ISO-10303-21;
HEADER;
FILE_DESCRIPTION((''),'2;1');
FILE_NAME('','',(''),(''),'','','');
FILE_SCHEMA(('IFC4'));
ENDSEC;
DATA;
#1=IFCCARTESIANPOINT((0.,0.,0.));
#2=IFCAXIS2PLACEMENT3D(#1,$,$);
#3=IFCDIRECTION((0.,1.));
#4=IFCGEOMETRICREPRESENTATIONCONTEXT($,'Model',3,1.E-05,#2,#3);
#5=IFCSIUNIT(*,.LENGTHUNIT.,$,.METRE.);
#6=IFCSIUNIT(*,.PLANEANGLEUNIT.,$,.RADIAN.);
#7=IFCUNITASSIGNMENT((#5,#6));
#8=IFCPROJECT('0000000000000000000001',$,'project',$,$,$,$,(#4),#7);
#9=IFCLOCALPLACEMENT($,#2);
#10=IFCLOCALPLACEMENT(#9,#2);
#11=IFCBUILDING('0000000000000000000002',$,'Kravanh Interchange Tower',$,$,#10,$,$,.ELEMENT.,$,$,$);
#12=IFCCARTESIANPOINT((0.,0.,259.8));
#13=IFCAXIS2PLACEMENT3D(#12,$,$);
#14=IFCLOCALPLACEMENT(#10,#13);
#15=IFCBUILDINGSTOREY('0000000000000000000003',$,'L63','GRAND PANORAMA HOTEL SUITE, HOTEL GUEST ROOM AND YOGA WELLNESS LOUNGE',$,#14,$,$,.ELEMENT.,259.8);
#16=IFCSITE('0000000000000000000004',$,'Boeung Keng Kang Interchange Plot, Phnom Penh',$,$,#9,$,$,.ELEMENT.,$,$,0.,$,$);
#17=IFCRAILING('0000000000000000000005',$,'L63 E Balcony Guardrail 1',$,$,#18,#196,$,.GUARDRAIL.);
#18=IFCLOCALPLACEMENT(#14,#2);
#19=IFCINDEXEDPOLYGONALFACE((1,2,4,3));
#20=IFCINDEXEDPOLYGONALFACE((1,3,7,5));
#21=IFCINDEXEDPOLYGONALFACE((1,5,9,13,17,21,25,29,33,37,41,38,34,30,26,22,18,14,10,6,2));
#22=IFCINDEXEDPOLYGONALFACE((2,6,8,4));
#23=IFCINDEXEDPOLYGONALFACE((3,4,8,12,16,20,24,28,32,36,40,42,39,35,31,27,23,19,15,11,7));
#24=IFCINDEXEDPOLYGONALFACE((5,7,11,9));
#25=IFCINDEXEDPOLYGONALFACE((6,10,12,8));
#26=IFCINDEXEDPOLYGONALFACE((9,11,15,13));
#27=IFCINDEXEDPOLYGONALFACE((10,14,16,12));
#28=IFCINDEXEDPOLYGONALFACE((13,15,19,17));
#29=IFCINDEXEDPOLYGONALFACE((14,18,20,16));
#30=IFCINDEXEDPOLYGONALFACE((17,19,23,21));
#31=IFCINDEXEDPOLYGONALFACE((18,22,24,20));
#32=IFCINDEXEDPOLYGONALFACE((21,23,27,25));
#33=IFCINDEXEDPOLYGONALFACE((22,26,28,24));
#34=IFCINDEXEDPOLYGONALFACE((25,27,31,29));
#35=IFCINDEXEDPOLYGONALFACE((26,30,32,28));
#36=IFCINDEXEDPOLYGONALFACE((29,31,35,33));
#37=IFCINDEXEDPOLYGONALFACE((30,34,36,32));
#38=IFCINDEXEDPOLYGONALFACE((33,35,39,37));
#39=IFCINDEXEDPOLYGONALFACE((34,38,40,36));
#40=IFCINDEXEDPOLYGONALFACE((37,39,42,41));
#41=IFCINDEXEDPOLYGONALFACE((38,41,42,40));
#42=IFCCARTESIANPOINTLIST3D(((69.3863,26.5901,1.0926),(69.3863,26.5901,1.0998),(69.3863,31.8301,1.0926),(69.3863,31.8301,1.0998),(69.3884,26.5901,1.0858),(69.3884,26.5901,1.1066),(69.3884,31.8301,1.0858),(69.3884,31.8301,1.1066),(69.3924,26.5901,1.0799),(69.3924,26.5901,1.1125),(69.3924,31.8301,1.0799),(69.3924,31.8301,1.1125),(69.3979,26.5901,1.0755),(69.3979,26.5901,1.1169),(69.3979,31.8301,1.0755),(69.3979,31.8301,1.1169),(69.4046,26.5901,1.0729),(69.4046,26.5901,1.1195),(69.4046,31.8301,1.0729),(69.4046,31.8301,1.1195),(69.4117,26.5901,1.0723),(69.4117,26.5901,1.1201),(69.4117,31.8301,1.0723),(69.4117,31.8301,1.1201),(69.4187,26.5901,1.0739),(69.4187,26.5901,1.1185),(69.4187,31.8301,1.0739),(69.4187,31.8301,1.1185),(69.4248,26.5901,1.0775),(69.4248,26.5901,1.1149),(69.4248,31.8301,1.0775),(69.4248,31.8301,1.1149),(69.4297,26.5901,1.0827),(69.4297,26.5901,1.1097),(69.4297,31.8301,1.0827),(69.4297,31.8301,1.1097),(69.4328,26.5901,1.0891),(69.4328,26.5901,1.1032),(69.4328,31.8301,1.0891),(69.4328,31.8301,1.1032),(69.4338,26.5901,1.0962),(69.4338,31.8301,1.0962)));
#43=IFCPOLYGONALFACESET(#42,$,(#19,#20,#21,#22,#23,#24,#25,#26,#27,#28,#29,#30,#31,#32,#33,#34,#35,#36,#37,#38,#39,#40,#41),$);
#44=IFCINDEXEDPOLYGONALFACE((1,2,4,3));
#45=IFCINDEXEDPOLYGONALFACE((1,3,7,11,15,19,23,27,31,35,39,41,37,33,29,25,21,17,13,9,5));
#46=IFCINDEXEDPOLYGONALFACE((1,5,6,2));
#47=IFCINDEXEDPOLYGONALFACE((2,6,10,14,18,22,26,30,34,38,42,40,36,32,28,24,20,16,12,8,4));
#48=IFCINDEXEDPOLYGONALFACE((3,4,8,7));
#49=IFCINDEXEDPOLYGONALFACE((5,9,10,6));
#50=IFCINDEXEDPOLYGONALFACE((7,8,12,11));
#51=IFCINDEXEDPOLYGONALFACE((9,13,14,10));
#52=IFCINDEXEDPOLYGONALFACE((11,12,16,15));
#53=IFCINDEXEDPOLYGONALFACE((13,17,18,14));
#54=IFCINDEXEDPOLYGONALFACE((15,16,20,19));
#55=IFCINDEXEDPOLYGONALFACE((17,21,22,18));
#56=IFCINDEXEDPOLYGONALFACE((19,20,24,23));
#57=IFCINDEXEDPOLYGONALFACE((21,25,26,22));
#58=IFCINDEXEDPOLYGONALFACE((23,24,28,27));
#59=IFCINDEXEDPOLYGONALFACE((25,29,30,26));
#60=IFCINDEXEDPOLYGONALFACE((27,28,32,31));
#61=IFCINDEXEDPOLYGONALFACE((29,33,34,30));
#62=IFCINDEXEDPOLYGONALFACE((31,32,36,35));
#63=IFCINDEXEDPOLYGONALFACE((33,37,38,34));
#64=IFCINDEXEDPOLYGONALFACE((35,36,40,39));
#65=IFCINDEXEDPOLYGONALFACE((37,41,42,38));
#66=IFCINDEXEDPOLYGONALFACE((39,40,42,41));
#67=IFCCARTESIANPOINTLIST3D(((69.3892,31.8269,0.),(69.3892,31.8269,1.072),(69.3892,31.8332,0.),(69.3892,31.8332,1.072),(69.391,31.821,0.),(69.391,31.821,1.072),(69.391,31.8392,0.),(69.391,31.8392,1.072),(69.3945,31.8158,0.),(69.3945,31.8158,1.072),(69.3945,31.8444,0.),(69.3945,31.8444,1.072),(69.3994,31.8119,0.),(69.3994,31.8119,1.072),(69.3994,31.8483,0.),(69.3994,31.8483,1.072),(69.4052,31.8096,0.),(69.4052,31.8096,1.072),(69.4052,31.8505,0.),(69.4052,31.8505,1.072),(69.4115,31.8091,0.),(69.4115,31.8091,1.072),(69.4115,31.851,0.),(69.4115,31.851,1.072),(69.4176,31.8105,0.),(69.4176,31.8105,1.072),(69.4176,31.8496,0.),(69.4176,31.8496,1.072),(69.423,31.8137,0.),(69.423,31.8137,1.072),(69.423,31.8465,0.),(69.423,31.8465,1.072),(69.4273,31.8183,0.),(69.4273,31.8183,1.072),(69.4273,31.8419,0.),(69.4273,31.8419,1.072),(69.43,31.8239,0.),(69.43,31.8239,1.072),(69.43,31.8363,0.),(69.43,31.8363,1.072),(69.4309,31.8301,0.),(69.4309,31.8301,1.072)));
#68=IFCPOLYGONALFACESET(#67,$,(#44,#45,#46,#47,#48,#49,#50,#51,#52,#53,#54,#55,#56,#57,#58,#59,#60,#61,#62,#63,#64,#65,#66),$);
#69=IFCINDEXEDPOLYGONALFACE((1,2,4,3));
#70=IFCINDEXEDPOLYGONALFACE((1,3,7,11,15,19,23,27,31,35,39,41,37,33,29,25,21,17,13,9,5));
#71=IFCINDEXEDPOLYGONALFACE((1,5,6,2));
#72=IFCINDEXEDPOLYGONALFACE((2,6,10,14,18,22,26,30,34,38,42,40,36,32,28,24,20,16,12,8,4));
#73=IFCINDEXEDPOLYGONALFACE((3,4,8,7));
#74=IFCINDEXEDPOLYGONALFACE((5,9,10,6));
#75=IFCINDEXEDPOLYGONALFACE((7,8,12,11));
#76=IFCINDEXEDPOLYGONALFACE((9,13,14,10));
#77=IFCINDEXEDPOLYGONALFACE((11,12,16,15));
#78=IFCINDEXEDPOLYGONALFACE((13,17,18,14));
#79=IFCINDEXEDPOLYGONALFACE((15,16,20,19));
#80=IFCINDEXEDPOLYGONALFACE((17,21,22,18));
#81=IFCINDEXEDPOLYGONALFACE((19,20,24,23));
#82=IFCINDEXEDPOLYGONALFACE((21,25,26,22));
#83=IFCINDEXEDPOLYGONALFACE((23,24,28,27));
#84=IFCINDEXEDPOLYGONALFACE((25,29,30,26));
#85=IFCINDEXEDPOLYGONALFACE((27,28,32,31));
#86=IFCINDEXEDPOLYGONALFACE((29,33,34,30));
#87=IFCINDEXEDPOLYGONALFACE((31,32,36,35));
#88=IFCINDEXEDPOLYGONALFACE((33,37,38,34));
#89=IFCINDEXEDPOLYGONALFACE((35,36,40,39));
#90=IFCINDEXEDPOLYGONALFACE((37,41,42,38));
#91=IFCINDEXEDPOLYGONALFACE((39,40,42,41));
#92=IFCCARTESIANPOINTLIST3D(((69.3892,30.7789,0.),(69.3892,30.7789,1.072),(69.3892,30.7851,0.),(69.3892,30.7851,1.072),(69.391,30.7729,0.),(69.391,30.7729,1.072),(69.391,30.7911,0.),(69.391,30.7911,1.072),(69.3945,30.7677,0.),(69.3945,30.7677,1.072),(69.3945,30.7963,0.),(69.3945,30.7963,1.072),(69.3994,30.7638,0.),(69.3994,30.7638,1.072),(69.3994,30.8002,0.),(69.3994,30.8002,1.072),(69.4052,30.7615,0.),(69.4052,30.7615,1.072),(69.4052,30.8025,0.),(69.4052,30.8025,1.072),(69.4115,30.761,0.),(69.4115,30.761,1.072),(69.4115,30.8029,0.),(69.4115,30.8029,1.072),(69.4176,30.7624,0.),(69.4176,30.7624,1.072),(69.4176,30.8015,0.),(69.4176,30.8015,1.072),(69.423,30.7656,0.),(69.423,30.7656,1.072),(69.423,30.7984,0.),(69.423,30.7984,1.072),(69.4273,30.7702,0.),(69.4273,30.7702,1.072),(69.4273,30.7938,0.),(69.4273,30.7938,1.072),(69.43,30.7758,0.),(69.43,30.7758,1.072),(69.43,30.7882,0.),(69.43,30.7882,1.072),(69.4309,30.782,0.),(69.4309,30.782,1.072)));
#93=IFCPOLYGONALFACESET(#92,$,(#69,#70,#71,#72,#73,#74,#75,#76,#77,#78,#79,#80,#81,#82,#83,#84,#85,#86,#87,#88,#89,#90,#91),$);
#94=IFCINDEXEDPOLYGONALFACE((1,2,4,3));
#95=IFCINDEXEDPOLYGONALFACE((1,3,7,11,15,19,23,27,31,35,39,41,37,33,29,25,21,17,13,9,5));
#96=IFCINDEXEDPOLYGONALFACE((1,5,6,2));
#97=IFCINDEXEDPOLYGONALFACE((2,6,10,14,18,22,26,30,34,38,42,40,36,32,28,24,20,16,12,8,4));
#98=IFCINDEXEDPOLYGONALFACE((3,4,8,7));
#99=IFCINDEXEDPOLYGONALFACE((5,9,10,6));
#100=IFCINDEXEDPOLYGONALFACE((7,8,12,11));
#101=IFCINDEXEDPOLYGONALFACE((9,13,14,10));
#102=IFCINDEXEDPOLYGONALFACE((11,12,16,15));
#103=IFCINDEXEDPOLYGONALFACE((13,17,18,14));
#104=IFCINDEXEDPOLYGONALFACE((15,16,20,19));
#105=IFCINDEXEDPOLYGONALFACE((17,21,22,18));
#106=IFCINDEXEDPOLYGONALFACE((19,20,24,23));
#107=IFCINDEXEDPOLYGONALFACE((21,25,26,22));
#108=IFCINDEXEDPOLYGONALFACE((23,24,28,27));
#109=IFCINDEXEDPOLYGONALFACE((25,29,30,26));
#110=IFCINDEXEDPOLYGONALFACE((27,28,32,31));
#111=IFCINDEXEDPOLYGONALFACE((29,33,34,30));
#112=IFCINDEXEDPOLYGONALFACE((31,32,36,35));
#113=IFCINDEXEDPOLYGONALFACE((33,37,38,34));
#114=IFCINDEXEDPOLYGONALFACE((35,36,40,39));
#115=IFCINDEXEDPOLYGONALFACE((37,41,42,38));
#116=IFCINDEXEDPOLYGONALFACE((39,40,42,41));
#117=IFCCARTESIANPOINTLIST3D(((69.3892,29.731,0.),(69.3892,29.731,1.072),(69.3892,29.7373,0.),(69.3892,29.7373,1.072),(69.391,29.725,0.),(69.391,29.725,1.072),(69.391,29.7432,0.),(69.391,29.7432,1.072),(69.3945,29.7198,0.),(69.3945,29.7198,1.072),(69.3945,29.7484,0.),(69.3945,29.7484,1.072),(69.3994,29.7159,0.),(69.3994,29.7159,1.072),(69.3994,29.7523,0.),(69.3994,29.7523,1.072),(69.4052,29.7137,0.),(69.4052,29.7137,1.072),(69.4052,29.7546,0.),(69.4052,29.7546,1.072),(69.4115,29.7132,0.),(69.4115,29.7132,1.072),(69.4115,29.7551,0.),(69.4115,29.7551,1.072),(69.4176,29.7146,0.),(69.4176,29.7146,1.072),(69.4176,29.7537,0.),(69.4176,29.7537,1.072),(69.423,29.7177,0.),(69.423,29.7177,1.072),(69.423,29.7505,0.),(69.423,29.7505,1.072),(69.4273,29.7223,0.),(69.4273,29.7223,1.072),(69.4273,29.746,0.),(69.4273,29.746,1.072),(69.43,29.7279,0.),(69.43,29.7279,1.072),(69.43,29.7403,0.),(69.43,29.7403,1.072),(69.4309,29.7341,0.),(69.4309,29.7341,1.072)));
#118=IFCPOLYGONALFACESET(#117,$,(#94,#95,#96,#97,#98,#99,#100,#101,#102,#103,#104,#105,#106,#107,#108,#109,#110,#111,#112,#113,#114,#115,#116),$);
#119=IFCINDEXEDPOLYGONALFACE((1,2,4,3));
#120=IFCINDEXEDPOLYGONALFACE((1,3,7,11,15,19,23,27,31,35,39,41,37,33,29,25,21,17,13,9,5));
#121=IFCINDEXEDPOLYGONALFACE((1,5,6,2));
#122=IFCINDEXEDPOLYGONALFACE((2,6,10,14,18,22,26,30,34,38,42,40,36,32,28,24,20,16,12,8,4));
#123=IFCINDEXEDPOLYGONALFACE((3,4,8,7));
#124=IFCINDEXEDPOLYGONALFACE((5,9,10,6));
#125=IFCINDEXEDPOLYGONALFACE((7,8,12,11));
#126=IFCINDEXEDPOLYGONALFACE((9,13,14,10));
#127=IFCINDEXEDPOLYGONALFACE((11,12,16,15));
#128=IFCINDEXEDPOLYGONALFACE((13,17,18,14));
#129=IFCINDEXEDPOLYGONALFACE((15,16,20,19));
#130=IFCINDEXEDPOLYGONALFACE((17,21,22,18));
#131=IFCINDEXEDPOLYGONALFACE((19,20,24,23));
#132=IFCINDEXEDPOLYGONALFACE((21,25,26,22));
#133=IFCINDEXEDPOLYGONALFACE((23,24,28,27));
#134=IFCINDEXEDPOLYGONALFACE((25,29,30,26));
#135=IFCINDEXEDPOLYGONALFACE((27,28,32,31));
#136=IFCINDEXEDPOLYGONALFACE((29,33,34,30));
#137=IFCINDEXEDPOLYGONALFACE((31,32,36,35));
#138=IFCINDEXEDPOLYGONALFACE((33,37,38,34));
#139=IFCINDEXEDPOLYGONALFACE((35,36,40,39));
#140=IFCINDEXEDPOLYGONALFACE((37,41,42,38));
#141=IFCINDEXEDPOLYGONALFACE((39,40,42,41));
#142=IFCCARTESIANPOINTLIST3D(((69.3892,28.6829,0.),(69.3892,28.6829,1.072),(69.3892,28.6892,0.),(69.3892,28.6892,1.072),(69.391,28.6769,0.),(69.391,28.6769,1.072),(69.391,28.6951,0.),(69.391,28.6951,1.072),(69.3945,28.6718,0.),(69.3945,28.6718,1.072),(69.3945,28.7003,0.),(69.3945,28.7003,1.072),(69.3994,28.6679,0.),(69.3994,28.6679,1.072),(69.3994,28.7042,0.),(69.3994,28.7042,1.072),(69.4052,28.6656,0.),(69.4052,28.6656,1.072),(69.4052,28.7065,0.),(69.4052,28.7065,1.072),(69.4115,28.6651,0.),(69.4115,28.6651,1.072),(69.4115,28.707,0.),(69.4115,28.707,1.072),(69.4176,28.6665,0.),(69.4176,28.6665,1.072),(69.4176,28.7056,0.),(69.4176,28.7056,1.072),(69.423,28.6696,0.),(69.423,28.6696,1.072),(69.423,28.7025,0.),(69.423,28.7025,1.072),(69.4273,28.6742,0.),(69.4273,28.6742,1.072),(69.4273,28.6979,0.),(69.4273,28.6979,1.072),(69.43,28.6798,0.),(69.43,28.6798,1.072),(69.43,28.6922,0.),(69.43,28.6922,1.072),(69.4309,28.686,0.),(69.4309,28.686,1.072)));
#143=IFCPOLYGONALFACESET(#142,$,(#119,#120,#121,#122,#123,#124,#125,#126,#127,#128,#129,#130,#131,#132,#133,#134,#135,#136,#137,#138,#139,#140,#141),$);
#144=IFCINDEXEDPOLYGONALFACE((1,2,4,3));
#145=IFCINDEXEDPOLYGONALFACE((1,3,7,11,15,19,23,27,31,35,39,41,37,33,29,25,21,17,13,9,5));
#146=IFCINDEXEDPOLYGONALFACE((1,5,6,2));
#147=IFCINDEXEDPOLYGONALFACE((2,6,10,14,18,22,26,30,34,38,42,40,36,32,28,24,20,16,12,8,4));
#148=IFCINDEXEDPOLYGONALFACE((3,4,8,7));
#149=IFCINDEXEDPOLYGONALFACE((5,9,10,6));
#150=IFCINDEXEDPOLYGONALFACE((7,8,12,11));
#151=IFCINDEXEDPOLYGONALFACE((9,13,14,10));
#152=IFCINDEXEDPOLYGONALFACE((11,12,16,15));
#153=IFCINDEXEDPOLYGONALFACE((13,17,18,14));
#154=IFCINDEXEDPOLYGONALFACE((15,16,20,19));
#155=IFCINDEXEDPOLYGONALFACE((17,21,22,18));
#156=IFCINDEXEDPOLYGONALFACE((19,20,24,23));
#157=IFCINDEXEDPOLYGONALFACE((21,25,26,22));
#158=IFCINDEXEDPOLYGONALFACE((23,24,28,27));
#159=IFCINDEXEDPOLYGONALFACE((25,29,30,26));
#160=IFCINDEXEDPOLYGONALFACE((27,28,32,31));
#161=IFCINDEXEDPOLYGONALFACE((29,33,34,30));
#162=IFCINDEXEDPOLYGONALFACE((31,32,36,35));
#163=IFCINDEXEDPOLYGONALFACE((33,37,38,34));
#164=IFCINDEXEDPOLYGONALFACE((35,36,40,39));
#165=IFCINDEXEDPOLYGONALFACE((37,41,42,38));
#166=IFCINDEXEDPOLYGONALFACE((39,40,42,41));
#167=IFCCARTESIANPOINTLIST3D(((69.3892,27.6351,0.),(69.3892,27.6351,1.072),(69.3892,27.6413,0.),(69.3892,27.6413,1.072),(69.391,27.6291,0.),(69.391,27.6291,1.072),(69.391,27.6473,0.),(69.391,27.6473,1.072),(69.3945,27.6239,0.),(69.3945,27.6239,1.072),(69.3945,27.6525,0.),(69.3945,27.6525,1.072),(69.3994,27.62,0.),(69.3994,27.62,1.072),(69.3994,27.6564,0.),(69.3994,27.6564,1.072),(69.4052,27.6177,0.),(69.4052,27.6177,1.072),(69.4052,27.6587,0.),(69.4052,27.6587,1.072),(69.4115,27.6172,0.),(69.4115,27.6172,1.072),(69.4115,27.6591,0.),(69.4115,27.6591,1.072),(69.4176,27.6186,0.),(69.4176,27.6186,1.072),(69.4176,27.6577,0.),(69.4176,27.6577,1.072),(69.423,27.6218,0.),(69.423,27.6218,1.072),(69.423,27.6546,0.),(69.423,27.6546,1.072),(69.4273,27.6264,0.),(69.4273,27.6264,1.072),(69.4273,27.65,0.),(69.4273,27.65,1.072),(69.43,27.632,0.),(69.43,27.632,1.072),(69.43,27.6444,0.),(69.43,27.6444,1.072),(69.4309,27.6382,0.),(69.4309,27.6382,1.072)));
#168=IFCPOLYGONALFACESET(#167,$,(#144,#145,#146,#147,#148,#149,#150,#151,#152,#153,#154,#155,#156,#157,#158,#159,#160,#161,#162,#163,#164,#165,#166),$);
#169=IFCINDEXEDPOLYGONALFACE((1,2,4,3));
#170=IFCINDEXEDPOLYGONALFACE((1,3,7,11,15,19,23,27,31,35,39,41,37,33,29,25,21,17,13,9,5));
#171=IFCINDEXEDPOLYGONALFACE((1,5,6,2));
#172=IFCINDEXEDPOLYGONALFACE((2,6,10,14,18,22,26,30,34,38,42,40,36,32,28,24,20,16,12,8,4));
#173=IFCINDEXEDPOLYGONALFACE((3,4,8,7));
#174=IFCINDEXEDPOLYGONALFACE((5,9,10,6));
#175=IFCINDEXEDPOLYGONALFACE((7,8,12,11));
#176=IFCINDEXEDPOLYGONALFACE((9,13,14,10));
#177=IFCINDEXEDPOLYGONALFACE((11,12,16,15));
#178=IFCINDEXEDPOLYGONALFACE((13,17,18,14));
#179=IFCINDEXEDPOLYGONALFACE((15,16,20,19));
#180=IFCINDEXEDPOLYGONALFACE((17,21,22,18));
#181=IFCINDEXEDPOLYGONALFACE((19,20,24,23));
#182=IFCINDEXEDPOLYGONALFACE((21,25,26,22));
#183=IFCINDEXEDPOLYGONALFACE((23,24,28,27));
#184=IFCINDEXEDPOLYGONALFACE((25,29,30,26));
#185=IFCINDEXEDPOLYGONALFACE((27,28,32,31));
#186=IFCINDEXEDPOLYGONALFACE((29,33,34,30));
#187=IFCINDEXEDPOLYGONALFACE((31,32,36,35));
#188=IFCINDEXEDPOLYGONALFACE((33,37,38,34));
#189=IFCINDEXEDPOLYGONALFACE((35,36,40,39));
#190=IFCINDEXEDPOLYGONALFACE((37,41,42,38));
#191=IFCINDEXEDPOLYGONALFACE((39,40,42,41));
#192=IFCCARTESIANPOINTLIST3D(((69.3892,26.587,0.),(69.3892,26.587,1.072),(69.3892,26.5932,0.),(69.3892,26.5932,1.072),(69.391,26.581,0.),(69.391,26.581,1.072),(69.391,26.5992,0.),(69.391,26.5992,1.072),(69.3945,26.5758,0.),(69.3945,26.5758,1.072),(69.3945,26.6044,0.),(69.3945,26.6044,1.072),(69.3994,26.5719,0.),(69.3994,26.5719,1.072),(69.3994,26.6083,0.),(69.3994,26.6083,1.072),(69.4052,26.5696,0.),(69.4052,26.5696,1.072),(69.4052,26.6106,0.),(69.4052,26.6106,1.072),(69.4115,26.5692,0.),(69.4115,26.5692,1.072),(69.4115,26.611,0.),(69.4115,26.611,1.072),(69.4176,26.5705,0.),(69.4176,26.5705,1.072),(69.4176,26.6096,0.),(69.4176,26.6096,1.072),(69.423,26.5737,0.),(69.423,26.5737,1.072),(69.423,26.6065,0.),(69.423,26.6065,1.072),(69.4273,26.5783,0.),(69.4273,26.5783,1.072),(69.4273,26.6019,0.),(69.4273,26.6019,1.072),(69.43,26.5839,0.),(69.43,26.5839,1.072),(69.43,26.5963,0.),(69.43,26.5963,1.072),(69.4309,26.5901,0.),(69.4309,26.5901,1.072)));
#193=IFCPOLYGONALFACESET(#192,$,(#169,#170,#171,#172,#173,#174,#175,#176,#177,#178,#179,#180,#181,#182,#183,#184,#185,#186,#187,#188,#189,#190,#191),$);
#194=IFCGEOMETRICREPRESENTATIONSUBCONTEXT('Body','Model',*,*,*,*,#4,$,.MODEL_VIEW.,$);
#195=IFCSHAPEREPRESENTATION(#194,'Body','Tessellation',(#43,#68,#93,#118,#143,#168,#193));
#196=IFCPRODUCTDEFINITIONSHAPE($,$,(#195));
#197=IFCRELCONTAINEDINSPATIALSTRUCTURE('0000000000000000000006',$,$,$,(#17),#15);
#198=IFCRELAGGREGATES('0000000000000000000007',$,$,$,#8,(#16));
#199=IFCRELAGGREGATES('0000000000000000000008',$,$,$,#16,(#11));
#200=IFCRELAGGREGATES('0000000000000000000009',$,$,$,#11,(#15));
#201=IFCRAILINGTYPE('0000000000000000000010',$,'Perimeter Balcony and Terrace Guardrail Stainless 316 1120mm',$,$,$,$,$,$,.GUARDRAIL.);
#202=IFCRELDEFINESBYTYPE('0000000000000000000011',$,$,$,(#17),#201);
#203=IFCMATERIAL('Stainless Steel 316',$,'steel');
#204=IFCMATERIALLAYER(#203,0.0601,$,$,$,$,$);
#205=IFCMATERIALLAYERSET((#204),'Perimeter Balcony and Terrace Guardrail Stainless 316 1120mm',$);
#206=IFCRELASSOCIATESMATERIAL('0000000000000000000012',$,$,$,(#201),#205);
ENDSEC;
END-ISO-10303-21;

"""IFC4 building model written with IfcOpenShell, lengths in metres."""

from ifc_helpers import new_model, si_unit, direction, frame, origin, origin_2d, place, context, subcontext, project, spatial, circle, extrude, material, layer, layer_set, type_object, element, save


model = new_model("IFC4")

# Units and contexts
model_context = context("Model", 3, precision=1e-05, world=origin(), true_north=direction((0.0, 1.0)))
body_context = subcontext(model_context, "Body", "Model", "MODEL_VIEW")
ifc_project = project(units=[si_unit("LENGTHUNIT", "METRE"), si_unit("PLANEANGLEUNIT", "RADIAN")], contexts=[model_context])

# Site, building, storey
site_placement = place(None, origin())
site = spatial("IfcSite", under=ifc_project, at=site_placement, Name="Boeung Keng Kang Interchange Plot, Phnom Penh", CompositionType="ELEMENT", RefElevation=0.0)
building_placement = place(site_placement, origin())
building = spatial("IfcBuilding", under=site, at=building_placement, Name="Kravanh Interchange Tower", CompositionType="ELEMENT")
storey_placement = place(building_placement, frame((0.0, 0.0, 259.8)))
storey = spatial("IfcBuildingStorey", under=building, at=storey_placement, Name="L63", Description="GRAND PANORAMA HOTEL SUITE, HOTEL GUEST ROOM AND YOGA WELLNESS LOUNGE", CompositionType="ELEMENT", Elevation=259.8)

# Railing
ifc_material_1 = material(Name="Stainless Steel 316", Category="steel")
ifc_layer_1 = layer(ifc_material_1, 0.0601)
ifc_layer_set_1 = layer_set([ifc_layer_1], Name="Perimeter Balcony and Terrace Guardrail Stainless 316 1120mm")
railing_type = type_object("IfcRailingType", Name="Perimeter Balcony and Terrace Guardrail Stainless 316 1120mm", PredefinedType="GUARDRAIL", material=ifc_layer_set_1)
railing_1_placement = place(storey_placement, frame((69.4099, 31.8301, 0.0)))
element("IfcRailing", 1, at=railing_1_placement, inside=storey, type_object=railing_type, Name="L63 E Balcony Guardrail 1", PredefinedType="GUARDRAIL", context=body_context, shape_type="SweptSolid", body=[
    extrude(circle(Radius=0.0239, at=origin_2d()), frame((0.0, 0.0, 1.0962), z_axis=(0.0, -1.0, 0.0), x_axis=(1.0, 0.0, 0.0)), (0.0, 0.0, 1.0), 5.24),
    extrude(circle(Radius=0.021, at=origin_2d()), origin(), (0.0, 0.0, 1.0), 1.072),
    extrude(circle(Radius=0.021, at=origin_2d()), frame((0.0, -1.0481, 0.0)), (0.0, 0.0, 1.0), 1.072),
    extrude(circle(Radius=0.021, at=origin_2d()), frame((0.0, -2.0959, 0.0)), (0.0, 0.0, 1.0), 1.072),
    extrude(circle(Radius=0.021, at=origin_2d()), frame((0.0, -3.144, 0.0)), (0.0, 0.0, 1.0), 1.072),
    extrude(circle(Radius=0.021, at=origin_2d()), frame((0.0, -4.1919, 0.0)), (0.0, 0.0, 1.0), 1.072),
    extrude(circle(Radius=0.021, at=origin_2d()), frame((0.0, -5.24, 0.0)), (0.0, 0.0, 1.0), 1.072),
])

save(model, "model.ifc")
